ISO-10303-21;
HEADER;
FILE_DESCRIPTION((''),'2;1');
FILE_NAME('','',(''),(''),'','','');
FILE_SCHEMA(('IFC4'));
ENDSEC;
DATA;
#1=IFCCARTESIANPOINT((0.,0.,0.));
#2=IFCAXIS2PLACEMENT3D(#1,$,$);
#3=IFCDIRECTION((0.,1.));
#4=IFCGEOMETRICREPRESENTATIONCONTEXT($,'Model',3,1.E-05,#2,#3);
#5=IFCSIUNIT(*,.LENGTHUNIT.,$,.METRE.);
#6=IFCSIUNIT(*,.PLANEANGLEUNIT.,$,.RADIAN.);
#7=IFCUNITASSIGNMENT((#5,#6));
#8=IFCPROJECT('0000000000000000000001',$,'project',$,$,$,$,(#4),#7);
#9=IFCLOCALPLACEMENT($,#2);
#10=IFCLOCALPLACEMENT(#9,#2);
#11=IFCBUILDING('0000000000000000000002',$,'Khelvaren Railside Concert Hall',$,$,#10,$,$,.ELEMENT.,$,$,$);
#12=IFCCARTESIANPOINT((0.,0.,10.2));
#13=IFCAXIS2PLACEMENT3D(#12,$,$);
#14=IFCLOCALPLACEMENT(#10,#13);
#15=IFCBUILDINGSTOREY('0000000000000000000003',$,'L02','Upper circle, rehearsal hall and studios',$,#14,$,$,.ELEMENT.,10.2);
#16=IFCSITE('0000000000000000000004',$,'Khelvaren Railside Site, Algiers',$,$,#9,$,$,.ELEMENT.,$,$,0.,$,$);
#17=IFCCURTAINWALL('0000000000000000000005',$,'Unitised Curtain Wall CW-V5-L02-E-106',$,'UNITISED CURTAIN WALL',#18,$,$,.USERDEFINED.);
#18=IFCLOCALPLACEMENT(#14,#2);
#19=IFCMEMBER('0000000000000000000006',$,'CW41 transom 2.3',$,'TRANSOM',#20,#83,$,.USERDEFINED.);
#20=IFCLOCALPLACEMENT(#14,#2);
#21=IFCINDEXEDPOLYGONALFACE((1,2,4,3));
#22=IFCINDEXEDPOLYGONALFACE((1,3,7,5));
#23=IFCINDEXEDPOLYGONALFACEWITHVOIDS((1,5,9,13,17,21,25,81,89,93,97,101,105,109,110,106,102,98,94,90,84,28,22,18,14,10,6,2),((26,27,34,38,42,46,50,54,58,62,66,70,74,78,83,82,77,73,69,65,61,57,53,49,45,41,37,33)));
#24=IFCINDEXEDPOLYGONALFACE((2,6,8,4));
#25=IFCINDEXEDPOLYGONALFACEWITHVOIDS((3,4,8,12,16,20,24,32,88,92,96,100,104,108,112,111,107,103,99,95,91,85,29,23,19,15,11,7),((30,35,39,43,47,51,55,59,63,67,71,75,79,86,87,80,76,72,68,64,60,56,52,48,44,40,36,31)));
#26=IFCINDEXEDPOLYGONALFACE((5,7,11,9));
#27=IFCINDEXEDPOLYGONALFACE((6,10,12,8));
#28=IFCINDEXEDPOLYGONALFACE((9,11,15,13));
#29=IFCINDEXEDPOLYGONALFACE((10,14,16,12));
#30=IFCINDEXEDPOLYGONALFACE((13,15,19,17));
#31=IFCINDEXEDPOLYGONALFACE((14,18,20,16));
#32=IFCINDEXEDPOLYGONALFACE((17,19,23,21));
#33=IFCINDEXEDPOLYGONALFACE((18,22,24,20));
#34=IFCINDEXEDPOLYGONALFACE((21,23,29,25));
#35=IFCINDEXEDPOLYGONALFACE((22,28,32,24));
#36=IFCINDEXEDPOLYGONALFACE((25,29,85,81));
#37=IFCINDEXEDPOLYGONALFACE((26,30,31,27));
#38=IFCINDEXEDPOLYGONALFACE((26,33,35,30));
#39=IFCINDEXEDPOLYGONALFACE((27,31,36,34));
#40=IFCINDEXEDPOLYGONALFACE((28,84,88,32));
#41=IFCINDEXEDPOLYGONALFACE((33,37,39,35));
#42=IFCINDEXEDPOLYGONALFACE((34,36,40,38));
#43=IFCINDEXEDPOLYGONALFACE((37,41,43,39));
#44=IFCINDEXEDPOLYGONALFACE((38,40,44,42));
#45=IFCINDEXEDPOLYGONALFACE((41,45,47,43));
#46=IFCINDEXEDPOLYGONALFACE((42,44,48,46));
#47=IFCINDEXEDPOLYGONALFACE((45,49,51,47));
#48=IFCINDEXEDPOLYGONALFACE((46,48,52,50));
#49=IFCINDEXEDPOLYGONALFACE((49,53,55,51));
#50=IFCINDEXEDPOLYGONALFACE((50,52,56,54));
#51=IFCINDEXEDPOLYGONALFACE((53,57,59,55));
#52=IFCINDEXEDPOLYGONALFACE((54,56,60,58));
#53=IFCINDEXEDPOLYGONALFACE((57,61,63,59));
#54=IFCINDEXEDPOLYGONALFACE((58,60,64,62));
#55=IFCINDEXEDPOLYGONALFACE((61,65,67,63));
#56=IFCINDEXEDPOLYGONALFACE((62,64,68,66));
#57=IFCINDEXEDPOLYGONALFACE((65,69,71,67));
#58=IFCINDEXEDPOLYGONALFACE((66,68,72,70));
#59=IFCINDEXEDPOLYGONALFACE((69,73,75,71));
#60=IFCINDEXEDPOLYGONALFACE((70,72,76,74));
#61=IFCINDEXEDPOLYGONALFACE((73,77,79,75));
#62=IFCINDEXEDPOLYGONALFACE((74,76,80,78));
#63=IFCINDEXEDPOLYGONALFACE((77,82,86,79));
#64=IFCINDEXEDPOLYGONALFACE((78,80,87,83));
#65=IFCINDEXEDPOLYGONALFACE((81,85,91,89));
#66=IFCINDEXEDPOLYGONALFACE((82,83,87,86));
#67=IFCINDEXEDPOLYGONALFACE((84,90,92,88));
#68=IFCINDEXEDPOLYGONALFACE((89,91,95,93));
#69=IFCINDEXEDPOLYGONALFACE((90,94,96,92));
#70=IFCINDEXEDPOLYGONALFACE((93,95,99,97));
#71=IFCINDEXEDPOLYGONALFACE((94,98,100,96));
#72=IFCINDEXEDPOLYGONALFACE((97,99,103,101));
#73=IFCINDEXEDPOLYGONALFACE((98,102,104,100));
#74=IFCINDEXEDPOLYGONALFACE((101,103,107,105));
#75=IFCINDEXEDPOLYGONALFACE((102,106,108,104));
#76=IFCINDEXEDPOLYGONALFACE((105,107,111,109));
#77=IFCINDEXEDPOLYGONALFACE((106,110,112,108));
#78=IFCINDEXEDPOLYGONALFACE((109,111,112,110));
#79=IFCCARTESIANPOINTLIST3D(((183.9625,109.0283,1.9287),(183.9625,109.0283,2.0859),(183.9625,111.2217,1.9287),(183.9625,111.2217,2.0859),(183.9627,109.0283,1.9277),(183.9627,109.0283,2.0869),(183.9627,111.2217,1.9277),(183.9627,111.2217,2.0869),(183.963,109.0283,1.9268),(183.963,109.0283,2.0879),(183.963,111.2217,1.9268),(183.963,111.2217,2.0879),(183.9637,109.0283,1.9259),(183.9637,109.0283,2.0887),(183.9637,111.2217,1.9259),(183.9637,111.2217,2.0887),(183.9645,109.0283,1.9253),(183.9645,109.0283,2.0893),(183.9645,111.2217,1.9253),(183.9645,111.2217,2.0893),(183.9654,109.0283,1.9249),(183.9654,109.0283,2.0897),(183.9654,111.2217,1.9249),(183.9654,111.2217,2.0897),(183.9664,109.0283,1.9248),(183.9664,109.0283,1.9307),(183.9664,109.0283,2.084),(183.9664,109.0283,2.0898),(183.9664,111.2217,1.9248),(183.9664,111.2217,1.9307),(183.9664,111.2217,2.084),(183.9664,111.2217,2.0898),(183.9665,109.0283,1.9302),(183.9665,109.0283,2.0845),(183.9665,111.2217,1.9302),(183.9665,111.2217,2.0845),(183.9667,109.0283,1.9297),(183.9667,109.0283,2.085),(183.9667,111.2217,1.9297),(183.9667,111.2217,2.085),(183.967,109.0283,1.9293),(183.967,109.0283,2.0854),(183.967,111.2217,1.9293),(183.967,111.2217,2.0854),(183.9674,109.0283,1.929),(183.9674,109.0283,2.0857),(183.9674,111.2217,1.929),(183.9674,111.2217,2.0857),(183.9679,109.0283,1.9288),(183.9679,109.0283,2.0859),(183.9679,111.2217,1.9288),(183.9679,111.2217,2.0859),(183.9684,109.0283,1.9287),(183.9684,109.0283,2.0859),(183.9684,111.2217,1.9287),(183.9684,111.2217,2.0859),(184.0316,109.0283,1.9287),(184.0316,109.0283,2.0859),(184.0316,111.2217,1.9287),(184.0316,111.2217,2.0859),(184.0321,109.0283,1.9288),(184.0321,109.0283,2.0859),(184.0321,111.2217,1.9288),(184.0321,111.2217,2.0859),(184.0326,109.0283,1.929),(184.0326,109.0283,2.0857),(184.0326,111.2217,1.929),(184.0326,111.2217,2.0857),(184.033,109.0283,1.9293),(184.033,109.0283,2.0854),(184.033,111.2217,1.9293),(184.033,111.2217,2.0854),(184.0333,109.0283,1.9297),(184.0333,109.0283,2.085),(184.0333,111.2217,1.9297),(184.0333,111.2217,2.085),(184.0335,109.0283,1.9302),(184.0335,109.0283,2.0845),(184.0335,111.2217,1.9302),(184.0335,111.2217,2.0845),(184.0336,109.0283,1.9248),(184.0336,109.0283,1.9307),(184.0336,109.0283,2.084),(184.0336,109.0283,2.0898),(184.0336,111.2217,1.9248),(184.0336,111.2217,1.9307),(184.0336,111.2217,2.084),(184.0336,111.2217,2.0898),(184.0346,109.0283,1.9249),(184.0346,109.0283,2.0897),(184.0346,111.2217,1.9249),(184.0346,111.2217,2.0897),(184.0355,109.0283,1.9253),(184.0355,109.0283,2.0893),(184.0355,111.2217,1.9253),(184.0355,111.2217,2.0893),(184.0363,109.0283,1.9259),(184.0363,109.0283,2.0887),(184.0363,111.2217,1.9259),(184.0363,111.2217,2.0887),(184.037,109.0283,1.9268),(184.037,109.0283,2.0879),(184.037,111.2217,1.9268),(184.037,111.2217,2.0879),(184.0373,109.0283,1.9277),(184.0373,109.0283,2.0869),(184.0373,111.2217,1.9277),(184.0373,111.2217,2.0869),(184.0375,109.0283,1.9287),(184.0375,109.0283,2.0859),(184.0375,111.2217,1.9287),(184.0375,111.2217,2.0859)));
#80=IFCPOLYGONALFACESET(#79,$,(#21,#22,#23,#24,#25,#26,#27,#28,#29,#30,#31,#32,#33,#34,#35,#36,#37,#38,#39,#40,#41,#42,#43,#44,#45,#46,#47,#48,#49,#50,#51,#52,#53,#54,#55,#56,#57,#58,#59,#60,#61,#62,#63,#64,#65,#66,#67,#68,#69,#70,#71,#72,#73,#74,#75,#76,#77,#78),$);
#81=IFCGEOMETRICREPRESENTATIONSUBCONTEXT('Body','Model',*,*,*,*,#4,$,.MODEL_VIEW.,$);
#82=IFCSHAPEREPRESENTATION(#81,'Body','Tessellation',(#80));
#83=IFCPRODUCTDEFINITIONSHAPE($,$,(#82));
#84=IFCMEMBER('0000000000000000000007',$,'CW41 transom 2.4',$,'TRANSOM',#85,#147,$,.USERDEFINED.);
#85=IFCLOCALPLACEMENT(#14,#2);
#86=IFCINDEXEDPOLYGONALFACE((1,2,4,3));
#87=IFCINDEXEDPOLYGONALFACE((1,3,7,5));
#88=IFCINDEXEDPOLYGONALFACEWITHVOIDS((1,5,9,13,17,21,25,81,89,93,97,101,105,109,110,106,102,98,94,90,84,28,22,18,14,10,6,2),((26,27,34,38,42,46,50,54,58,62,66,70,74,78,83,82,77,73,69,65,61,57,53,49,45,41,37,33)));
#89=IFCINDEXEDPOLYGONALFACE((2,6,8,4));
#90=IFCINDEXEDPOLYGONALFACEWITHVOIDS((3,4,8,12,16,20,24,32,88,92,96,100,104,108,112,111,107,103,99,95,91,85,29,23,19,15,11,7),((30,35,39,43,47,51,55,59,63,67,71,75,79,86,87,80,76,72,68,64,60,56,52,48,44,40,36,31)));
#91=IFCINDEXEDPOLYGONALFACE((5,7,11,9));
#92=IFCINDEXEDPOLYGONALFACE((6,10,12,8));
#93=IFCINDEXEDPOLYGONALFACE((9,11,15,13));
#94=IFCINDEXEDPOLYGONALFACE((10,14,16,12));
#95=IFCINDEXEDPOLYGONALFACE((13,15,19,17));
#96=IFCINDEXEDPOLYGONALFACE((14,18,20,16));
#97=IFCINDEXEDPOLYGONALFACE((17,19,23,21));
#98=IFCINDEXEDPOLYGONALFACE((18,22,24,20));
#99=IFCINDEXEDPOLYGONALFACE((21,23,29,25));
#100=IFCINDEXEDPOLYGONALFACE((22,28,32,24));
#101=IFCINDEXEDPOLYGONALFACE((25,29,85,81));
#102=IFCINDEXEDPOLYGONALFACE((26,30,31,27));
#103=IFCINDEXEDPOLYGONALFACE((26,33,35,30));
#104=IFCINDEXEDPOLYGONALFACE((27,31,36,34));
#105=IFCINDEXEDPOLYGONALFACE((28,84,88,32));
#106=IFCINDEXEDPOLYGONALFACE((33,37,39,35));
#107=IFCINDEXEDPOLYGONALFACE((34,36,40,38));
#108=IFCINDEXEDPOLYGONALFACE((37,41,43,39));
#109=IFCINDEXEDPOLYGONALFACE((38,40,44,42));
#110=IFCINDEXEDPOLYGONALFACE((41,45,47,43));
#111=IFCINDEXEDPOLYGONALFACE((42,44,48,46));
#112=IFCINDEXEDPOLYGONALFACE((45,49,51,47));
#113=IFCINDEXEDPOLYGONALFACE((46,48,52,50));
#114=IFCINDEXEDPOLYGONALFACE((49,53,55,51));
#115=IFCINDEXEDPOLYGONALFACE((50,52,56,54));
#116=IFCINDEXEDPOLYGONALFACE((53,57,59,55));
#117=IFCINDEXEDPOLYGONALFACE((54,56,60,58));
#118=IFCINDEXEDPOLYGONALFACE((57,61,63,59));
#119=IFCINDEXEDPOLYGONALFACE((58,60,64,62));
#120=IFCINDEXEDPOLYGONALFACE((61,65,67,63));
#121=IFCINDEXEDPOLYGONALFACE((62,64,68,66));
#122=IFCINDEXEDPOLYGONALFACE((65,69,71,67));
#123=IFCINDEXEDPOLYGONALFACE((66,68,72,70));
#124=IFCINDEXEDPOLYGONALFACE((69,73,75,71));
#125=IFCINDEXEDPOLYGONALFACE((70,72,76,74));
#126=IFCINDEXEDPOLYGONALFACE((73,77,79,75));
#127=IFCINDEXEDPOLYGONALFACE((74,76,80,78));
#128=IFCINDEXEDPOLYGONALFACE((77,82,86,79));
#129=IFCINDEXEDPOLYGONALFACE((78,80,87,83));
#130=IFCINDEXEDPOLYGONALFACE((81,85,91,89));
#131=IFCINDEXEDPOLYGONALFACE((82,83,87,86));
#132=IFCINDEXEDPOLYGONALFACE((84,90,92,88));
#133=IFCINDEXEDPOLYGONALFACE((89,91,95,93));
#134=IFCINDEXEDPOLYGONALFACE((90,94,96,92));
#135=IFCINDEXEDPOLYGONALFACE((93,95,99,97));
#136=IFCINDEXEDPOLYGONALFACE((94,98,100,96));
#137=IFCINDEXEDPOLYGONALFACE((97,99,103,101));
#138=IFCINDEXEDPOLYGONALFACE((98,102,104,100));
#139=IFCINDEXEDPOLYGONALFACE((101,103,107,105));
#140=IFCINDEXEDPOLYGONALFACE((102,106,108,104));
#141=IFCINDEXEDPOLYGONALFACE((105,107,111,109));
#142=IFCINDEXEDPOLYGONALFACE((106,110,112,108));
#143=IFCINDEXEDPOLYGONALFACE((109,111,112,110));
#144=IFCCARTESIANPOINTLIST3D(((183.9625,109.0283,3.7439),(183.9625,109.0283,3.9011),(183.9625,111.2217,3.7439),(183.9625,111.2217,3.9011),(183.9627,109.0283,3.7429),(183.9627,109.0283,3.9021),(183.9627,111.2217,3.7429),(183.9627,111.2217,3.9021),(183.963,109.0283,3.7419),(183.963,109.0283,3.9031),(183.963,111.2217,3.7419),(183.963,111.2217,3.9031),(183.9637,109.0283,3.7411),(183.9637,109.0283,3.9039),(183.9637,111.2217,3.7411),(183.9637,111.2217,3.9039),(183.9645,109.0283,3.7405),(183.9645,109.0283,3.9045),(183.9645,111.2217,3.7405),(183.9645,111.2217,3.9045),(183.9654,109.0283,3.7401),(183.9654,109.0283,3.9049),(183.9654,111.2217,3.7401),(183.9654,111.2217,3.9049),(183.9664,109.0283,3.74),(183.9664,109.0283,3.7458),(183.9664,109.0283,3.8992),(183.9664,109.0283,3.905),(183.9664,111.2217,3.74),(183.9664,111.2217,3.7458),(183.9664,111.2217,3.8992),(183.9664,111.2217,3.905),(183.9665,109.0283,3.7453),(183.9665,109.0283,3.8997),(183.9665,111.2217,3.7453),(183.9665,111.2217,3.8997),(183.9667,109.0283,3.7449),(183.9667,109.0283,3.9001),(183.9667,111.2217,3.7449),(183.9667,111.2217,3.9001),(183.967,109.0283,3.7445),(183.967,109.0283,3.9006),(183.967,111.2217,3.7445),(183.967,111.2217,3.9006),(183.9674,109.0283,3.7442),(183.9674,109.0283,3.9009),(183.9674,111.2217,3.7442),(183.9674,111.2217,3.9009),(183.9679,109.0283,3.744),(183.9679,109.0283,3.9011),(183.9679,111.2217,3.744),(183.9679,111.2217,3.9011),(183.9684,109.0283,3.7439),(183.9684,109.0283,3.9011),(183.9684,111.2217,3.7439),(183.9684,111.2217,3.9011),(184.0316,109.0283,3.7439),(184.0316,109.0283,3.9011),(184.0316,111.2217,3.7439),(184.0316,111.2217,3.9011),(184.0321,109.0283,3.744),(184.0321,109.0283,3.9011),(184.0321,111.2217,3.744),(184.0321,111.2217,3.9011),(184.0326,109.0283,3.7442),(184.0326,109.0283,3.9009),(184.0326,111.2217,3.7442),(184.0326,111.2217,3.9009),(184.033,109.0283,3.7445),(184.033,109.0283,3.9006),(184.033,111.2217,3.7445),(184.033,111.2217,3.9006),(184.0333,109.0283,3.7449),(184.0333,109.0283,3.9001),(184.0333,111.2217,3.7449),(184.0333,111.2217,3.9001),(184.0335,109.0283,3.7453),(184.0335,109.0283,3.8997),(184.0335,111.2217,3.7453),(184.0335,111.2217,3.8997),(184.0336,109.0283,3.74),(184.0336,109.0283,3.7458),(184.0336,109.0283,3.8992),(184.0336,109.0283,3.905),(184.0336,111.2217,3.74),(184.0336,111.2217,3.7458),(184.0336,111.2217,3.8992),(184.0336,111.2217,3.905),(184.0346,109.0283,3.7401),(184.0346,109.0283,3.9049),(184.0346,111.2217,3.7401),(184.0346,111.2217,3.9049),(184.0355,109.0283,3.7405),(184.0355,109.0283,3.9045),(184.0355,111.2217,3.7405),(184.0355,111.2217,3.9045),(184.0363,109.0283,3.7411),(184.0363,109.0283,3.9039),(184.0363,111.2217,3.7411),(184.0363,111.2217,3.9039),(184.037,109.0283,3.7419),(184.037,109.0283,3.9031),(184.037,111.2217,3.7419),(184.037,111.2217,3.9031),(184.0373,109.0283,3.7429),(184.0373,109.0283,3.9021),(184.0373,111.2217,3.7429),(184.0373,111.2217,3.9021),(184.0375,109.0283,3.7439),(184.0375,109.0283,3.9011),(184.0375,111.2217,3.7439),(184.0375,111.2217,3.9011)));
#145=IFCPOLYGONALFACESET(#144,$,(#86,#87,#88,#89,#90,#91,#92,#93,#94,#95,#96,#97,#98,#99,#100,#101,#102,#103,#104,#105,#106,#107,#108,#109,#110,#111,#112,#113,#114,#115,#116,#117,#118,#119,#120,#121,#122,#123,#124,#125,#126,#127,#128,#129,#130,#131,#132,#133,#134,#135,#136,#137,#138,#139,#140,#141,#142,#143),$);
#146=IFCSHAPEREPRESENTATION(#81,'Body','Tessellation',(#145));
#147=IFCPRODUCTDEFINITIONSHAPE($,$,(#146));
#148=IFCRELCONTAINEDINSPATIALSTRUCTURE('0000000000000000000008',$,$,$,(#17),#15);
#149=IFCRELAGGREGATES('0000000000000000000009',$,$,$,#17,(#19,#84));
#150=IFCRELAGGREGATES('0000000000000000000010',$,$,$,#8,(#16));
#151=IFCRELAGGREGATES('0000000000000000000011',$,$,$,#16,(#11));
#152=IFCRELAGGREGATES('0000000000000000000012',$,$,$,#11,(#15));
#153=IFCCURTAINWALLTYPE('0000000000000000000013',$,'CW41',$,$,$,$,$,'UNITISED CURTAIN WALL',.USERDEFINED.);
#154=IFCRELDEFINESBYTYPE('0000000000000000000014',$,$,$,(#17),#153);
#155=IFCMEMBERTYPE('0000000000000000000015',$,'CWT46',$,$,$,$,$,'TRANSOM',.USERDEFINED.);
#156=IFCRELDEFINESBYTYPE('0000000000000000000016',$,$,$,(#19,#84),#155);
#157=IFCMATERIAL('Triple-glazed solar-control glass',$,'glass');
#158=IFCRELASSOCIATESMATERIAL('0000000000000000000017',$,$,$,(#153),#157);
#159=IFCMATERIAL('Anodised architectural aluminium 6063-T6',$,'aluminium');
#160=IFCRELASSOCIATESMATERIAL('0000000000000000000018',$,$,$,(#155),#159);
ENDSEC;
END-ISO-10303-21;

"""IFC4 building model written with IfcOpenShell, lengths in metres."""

from ifc_helpers import new_model, si_unit, direction, frame, origin, origin_2d, place, context, subcontext, project, spatial, hollow_rectangle, extrude, material, material_profile, profile_set, type_object, element, aggregate, save


model = new_model("IFC4")

# Units and contexts
model_context = context("Model", 3, precision=1e-05, world=origin(), true_north=direction((0.0, 1.0)))
body_context = subcontext(model_context, "Body", "Model", "MODEL_VIEW")
ifc_project = project(units=[si_unit("LENGTHUNIT", "METRE"), si_unit("PLANEANGLEUNIT", "RADIAN")], contexts=[model_context])

# Site, building, storey
site_placement = place(None, origin())
site = spatial("IfcSite", under=ifc_project, at=site_placement, Name="Khelvaren Railside Site, Algiers", CompositionType="ELEMENT", RefElevation=0.0)
building_placement = place(site_placement, origin())
building = spatial("IfcBuilding", under=site, at=building_placement, Name="Khelvaren Railside Concert Hall", CompositionType="ELEMENT")
storey_placement = place(building_placement, frame((0.0, 0.0, 10.2)))
storey = spatial("IfcBuildingStorey", under=building, at=storey_placement, Name="L02", Description="Upper circle, rehearsal hall and studios", CompositionType="ELEMENT", Elevation=10.2)

# Curtain wall, members
ifc_material_1 = material(Name="Triple-glazed solar-control glass", Category="glass")
curtain_wall_type = type_object("IfcCurtainWallType", Name="CW41", ElementType="UNITISED CURTAIN WALL", PredefinedType="USERDEFINED", material=ifc_material_1)
curtain_wall_placement = place(storey_placement, origin())
curtain_wall = element("IfcCurtainWall", 1, at=curtain_wall_placement, inside=storey, type_object=curtain_wall_type, Name="Unitised Curtain Wall CW-V5-L02-E-106", ObjectType="UNITISED CURTAIN WALL", PredefinedType="USERDEFINED")
ifc_material_2 = material(Name="Anodised architectural aluminium 6063-T6", Category="aluminium")
ifc_material_profile_1 = material_profile(ifc_material_2, hollow_rectangle(XDim=0.075, YDim=0.165, WallThickness=0.0039, InnerFilletRadius=0.002, OuterFilletRadius=0.0039, at=origin_2d()), Name="CWT 75x165x4")
ifc_profile_set_1 = profile_set([ifc_material_profile_1], Name="Anodised architectural aluminium 6063-T6")
member_type_1 = type_object("IfcMemberType", Name="CWT46", ElementType="TRANSOM", PredefinedType="USERDEFINED", material=ifc_profile_set_1)
member_1_placement = place(storey_placement, frame((184.0, 111.2217, 2.0073), z_axis=(0.0, -1.0, 0.0), x_axis=(1.0, 0.0, 0.0)))
member_1 = element("IfcMember", 2, at=member_1_placement, type_object=member_type_1, Name="CW41 transom 2.3", ObjectType="TRANSOM", PredefinedType="USERDEFINED", context=body_context, shape_type="SweptSolid", body=[
    extrude(hollow_rectangle(XDim=0.075, YDim=0.165, WallThickness=0.0039, InnerFilletRadius=0.002, OuterFilletRadius=0.0039, at=origin_2d()), origin(), (0.0, 0.0, 1.0), 2.1934),
])
member_2_placement = place(storey_placement, frame((184.0, 111.2217, 3.8225), z_axis=(0.0, -1.0, 0.0), x_axis=(1.0, 0.0, 0.0)))
member_2 = element("IfcMember", 3, at=member_2_placement, type_object=member_type_1, Name="CW41 transom 2.4", ObjectType="TRANSOM", PredefinedType="USERDEFINED", context=body_context, shape_type="SweptSolid", body=[
    extrude(hollow_rectangle(XDim=0.075, YDim=0.165, WallThickness=0.0039, InnerFilletRadius=0.002, OuterFilletRadius=0.0039, at=origin_2d()), origin(), (0.0, 0.0, 1.0), 2.1934),
])
aggregate(curtain_wall, [member_1, member_2])

save(model, "model.ifc")
